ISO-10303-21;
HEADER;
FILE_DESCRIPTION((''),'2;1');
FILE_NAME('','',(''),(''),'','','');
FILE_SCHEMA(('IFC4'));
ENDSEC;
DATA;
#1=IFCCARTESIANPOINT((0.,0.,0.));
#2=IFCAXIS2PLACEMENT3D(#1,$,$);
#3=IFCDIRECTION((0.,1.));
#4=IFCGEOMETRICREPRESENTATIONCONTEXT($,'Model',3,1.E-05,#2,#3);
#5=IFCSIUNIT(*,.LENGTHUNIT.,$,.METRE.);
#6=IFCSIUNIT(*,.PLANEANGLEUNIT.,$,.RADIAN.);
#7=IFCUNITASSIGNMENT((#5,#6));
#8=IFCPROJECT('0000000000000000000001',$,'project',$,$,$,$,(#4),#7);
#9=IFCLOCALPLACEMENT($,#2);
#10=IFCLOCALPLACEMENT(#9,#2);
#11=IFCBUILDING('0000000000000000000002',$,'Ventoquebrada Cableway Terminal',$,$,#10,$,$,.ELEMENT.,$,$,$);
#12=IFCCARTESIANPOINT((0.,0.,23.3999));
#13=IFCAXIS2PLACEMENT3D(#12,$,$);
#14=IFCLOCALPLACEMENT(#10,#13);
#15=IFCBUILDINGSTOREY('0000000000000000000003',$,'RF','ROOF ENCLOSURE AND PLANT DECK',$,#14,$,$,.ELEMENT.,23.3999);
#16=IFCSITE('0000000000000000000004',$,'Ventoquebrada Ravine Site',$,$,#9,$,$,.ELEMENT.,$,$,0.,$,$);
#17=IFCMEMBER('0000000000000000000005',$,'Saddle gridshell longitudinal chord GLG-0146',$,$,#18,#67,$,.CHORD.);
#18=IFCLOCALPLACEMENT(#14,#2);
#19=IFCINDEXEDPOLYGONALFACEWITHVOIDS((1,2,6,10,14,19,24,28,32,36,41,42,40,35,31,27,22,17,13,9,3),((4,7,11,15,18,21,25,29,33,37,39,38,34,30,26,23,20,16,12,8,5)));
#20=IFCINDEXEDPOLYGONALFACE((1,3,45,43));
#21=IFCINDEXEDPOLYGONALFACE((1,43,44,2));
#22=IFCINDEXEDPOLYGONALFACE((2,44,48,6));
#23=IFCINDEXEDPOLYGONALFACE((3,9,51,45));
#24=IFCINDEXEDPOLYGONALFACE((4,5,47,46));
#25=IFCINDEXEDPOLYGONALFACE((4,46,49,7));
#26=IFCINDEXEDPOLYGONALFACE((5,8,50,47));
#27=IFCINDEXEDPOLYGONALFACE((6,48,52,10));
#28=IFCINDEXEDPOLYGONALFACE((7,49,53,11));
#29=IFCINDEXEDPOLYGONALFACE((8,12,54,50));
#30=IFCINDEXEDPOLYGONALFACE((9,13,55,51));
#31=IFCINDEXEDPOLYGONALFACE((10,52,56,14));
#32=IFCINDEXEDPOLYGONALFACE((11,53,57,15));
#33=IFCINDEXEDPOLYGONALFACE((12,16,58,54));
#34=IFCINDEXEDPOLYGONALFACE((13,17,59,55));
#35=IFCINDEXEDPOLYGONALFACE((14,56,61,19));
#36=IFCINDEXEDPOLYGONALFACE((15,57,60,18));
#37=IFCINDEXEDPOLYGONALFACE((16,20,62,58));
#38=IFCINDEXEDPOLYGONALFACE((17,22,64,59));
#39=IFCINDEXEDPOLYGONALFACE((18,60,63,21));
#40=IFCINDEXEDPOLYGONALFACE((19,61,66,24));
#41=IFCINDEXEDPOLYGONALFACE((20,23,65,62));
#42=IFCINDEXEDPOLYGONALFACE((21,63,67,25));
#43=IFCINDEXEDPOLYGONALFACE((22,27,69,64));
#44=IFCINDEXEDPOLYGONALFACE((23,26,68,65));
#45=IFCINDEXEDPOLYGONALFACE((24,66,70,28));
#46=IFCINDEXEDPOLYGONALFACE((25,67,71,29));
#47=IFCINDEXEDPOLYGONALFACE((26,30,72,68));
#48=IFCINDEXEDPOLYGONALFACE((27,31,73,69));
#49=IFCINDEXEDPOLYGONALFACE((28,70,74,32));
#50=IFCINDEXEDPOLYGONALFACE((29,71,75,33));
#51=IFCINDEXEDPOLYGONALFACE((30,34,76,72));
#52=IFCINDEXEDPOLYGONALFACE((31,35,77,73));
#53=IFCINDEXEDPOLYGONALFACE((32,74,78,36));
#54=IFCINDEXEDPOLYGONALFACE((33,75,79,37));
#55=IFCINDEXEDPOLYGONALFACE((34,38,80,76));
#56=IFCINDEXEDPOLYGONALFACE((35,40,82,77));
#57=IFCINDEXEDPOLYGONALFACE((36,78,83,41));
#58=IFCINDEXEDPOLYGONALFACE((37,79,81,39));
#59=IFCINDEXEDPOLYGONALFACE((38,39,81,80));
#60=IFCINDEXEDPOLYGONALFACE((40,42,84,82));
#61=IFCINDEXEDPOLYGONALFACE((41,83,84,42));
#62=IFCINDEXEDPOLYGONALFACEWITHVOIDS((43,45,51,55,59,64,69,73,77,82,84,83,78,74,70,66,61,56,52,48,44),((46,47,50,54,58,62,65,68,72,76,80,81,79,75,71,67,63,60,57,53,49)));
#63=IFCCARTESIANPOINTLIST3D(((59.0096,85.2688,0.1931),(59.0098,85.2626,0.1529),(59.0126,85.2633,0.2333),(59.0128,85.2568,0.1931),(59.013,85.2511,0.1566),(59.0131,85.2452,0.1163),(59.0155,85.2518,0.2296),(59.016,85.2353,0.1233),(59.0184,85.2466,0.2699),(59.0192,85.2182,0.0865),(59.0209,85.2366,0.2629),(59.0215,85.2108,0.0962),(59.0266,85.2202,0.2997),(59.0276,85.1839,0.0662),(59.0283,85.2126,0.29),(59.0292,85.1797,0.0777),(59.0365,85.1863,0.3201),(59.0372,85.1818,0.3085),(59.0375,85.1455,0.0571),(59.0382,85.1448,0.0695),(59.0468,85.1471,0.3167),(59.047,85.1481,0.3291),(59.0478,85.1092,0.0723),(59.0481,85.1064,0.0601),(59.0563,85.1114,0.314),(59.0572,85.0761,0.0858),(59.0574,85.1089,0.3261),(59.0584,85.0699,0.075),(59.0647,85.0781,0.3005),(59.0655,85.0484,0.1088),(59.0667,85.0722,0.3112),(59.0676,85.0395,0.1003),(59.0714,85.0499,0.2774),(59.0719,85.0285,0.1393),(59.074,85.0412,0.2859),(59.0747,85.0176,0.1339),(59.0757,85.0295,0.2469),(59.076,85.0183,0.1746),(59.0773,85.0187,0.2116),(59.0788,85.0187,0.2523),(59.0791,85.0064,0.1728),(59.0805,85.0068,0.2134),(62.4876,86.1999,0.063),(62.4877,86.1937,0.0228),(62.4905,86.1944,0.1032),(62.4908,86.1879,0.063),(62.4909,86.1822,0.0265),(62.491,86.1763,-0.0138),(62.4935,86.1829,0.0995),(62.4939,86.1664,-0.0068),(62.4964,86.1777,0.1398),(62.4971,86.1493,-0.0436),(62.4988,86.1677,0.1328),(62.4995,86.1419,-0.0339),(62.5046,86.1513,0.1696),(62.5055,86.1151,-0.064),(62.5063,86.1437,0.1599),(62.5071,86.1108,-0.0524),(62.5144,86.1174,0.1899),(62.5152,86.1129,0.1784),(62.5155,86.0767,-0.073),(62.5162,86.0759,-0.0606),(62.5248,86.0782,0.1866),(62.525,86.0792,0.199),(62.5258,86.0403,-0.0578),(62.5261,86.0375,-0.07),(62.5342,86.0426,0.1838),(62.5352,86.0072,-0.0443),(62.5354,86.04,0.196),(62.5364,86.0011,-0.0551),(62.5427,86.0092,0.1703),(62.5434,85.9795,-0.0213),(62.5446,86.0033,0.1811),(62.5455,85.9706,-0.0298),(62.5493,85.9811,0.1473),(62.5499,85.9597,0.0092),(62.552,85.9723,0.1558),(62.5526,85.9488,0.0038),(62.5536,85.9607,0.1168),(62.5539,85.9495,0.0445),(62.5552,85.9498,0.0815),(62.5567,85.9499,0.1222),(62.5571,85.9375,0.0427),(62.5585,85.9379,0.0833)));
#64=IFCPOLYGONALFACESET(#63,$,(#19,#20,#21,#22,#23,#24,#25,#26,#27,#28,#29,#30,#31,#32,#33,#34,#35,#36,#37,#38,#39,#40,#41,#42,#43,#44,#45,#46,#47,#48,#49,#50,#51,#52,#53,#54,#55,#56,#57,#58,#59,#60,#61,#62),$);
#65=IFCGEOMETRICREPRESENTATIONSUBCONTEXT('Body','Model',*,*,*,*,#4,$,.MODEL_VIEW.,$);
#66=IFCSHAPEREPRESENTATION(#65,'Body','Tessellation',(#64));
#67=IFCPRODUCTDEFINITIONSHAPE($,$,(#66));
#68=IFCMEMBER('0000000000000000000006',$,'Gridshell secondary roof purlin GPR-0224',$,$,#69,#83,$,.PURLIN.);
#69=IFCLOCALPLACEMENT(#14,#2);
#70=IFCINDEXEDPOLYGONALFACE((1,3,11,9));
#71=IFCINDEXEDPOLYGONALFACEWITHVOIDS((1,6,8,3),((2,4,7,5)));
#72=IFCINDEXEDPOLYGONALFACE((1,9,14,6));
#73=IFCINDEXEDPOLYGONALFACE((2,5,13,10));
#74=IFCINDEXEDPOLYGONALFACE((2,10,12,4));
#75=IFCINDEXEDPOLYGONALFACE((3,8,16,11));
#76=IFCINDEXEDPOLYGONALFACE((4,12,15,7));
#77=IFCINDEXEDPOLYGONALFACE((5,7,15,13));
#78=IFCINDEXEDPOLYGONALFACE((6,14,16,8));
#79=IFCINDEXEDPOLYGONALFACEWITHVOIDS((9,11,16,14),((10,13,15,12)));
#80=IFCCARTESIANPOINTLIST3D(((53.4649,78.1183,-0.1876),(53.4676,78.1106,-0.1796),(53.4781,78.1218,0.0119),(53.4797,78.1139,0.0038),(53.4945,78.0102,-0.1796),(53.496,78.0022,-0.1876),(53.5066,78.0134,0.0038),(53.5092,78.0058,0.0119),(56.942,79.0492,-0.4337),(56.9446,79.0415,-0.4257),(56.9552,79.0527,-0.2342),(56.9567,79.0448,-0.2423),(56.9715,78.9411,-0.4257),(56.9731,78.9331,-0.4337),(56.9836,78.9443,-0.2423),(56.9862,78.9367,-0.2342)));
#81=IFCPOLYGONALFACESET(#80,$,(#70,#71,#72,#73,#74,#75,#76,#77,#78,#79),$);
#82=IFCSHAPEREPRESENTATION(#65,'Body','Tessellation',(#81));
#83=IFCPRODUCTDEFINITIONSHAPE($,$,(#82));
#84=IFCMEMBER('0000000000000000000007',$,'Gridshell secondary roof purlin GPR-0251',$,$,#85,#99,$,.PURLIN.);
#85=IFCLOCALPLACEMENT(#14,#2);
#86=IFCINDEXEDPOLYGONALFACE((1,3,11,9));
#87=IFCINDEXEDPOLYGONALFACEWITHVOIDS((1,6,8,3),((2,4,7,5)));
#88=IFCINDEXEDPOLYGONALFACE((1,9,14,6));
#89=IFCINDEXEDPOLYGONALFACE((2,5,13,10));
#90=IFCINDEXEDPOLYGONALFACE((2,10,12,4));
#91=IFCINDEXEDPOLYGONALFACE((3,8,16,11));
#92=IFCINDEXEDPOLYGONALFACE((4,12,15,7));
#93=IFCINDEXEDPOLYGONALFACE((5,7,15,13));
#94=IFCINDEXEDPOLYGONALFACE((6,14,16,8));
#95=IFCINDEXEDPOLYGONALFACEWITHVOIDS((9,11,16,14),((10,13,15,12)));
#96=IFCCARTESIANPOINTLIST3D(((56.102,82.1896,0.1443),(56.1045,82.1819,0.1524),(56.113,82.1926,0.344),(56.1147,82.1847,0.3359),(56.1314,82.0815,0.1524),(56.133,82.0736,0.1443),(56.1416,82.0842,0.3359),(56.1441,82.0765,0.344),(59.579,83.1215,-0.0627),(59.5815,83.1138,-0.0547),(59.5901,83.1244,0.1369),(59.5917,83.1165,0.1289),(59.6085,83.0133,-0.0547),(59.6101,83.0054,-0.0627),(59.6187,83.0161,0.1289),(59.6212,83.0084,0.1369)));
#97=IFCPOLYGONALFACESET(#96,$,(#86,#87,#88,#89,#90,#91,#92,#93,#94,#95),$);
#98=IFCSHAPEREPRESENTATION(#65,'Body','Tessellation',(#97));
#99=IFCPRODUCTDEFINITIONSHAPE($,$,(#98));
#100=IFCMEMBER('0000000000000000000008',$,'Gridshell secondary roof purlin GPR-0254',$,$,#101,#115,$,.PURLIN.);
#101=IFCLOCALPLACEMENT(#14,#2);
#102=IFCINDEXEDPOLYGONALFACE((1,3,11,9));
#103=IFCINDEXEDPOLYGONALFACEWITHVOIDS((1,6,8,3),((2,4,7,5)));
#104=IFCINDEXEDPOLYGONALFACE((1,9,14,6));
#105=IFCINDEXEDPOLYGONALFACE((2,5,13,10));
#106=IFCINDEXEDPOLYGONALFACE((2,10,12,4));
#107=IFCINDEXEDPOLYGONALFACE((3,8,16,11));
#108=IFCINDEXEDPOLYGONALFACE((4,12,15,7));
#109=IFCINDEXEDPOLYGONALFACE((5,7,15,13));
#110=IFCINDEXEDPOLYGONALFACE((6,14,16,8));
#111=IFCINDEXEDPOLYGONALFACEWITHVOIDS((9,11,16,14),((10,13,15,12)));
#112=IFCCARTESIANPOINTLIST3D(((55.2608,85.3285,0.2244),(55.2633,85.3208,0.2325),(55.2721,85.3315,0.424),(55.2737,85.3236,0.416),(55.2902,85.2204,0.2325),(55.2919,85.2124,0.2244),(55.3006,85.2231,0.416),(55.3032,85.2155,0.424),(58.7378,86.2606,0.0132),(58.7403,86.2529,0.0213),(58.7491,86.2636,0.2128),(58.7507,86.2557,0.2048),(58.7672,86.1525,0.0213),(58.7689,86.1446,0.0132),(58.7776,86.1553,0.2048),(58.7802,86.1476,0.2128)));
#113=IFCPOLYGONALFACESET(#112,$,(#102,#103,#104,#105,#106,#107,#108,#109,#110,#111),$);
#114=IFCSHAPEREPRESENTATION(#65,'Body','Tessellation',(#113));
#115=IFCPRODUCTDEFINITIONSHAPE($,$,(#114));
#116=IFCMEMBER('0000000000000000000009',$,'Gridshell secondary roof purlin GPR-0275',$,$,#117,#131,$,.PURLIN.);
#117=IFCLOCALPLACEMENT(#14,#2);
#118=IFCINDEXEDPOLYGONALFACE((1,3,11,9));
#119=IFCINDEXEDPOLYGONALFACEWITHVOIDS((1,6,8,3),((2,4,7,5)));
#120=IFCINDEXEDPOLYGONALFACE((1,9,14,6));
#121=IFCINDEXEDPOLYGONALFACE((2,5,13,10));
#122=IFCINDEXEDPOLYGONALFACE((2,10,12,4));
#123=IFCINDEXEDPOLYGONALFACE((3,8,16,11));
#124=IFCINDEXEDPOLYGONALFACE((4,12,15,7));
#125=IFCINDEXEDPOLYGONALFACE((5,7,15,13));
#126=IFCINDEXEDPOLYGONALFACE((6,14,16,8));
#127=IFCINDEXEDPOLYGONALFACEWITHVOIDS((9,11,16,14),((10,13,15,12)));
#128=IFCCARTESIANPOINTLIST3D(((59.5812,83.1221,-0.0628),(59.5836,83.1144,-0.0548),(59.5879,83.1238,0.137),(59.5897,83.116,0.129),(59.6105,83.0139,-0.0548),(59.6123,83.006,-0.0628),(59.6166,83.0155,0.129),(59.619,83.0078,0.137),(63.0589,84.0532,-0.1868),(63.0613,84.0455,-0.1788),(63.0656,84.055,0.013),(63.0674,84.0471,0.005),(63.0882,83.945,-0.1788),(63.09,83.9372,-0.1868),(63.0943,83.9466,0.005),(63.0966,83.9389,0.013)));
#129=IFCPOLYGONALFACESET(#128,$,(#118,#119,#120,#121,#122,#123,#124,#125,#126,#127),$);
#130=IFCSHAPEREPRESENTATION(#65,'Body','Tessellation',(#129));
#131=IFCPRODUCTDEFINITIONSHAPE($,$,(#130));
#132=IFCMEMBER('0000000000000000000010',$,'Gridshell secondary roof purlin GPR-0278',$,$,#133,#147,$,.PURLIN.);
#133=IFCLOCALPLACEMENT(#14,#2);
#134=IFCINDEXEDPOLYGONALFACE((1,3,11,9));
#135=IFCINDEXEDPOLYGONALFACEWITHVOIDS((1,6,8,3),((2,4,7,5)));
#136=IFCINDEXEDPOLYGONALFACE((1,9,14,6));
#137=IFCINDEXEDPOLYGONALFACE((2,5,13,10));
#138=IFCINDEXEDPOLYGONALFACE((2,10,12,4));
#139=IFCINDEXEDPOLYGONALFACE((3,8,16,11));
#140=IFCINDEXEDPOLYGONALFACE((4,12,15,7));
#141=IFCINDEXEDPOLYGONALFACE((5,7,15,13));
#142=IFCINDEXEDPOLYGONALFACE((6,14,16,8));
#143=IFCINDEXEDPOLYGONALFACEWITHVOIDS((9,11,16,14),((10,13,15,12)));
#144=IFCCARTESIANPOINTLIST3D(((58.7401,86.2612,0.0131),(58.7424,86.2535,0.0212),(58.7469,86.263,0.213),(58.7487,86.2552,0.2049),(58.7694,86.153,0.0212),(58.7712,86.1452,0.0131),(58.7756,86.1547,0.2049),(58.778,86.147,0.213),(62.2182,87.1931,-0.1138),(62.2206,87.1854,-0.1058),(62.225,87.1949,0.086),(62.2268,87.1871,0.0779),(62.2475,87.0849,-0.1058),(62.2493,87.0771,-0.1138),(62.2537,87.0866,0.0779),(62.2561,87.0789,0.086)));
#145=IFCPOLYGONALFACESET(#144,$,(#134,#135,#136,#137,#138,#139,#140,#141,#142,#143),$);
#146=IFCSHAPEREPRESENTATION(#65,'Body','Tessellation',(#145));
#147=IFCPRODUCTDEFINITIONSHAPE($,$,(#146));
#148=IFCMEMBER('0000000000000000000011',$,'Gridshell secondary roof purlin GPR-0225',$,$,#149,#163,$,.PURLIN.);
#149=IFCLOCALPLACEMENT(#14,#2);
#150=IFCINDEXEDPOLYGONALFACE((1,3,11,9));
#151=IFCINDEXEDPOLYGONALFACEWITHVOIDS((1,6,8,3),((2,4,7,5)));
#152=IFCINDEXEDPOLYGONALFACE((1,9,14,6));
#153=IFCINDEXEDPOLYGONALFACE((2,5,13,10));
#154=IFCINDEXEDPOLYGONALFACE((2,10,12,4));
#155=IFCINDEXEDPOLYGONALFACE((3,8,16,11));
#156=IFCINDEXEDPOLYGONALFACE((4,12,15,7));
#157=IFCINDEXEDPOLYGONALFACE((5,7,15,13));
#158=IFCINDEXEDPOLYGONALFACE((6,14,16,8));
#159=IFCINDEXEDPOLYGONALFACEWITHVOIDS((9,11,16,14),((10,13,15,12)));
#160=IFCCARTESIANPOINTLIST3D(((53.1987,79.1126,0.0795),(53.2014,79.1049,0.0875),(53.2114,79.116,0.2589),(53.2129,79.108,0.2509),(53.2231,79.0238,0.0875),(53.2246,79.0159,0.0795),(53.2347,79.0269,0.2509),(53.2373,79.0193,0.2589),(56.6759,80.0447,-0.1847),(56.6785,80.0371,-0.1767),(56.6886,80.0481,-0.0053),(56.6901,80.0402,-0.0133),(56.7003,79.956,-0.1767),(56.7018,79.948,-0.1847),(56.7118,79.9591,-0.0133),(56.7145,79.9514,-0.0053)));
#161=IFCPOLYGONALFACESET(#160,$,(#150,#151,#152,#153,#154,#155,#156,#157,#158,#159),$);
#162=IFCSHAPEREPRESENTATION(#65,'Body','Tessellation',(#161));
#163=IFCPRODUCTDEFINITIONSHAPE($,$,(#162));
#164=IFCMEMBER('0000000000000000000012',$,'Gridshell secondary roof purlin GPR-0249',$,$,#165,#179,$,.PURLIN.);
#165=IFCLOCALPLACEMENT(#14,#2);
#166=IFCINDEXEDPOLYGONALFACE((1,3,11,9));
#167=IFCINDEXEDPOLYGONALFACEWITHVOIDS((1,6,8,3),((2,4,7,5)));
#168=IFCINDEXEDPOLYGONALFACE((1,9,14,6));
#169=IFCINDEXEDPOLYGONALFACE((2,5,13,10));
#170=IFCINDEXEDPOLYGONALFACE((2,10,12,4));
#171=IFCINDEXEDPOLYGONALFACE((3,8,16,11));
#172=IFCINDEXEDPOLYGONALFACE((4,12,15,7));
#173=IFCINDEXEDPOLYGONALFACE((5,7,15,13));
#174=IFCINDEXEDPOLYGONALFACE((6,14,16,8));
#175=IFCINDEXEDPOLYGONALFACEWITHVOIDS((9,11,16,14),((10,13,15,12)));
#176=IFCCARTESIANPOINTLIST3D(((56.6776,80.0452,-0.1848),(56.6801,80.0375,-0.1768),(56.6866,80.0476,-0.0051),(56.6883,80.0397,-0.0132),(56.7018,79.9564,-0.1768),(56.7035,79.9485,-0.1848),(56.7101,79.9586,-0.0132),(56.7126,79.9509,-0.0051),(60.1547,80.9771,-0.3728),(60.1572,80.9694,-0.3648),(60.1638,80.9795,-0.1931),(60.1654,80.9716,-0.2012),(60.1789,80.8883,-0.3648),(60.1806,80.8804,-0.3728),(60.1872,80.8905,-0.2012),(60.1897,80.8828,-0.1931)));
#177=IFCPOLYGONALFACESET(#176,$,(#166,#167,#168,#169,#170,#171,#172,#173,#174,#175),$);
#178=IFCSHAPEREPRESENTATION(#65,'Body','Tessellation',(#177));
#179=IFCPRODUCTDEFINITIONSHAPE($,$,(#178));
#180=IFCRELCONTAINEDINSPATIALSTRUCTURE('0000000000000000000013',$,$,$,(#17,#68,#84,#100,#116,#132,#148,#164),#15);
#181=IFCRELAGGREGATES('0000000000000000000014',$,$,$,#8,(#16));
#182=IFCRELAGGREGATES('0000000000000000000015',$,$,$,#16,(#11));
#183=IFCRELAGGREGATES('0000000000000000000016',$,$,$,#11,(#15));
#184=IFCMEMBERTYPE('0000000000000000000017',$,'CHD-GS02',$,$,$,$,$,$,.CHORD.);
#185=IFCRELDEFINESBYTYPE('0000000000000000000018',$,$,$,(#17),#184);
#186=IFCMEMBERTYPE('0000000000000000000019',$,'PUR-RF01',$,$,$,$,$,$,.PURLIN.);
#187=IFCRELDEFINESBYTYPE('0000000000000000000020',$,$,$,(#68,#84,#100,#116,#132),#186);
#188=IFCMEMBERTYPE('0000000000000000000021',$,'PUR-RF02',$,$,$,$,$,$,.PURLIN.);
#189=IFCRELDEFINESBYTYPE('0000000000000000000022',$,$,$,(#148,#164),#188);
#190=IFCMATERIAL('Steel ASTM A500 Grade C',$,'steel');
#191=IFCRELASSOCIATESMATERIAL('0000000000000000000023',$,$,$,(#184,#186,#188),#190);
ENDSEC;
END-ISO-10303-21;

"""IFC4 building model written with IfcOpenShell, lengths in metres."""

from ifc_helpers import new_model, si_unit, direction, frame, origin, origin_2d, place, context, subcontext, project, spatial, hollow_rectangle, hollow_circle, extrude, material, material_profile, profile_set, type_object, element, save


model = new_model("IFC4")

# Units and contexts
model_context = context("Model", 3, precision=1e-05, world=origin(), true_north=direction((0.0, 1.0)))
body_context = subcontext(model_context, "Body", "Model", "MODEL_VIEW")
ifc_project = project(units=[si_unit("LENGTHUNIT", "METRE"), si_unit("PLANEANGLEUNIT", "RADIAN")], contexts=[model_context])

# Site, building, storey
site_placement = place(None, origin())
site = spatial("IfcSite", under=ifc_project, at=site_placement, Name="Ventoquebrada Ravine Site", CompositionType="ELEMENT", RefElevation=0.0)
building_placement = place(site_placement, origin())
building = spatial("IfcBuilding", under=site, at=building_placement, Name="Ventoquebrada Cableway Terminal", CompositionType="ELEMENT")
storey_placement = place(building_placement, frame((0.0, 0.0, 23.3999)))
storey = spatial("IfcBuildingStorey", under=building, at=storey_placement, Name="RF", Description="ROOF ENCLOSURE AND PLANT DECK", CompositionType="ELEMENT", Elevation=23.3999)

# Members
ifc_material_1 = material(Name="Steel ASTM A500 Grade C", Category="steel")
ifc_material_profile_1 = material_profile(ifc_material_1, hollow_circle(Radius=0.1365, WallThickness=0.0125, at=origin_2d()), Name="CHS273.0X12.5")
ifc_profile_set_1 = profile_set([ifc_material_profile_1], Name="Steel ASTM A500 Grade C")
member_type_1 = type_object("IfcMemberType", Name="CHD-GS02", PredefinedType="CHORD", material=ifc_profile_set_1)
member_1_placement = place(storey_placement, frame((59.0449, 85.137, 0.1931), z_axis=(0.96535, 0.258448, -0.036118), x_axis=(-0.258616, 0.96598, 0.0)))
element("IfcMember", 1, at=member_1_placement, inside=storey, type_object=member_type_1, Name="Saddle gridshell longitudinal chord GLG-0146", PredefinedType="CHORD", context=body_context, shape_type="SweptSolid", body=[
    extrude(hollow_circle(Radius=0.1365, WallThickness=0.0125, at=origin_2d()), origin(), (0.0, 0.0, 1.0), 3.6028),
])
ifc_material_profile_2 = material_profile(ifc_material_1, hollow_rectangle(XDim=0.1201, YDim=0.2, WallThickness=0.0081, at=origin_2d()), Name="RHS200X120X8")
ifc_profile_set_2 = profile_set([ifc_material_profile_2], Name="Steel ASTM A500 Grade C")
member_type_2 = type_object("IfcMemberType", Name="PUR-RF01", PredefinedType="PURLIN", material=ifc_profile_set_2)
member_2_placement = place(storey_placement, frame((53.4871, 78.062, -0.0879), z_axis=(0.963729, 0.258018, -0.068209), x_axis=(-0.258621, 0.965979, 0.0)))
element("IfcMember", 2, at=member_2_placement, inside=storey, type_object=member_type_2, Name="Gridshell secondary roof purlin GPR-0224", PredefinedType="PURLIN", context=body_context, shape_type="SweptSolid", body=[
    extrude(hollow_rectangle(XDim=0.1201, YDim=0.2, WallThickness=0.0081, at=origin_2d()), origin(), (0.0, 0.0, 1.0), 3.6079),
])
member_3_placement = place(storey_placement, frame((56.123, 82.1331, 0.2441), z_axis=(0.964318, 0.258447, -0.057418), x_axis=(-0.258874, 0.965911, 0.0)))
element("IfcMember", 3, at=member_3_placement, inside=storey, type_object=member_type_2, Name="Gridshell secondary roof purlin GPR-0251", PredefinedType="PURLIN", context=body_context, shape_type="SweptSolid", body=[
    extrude(hollow_rectangle(XDim=0.1201, YDim=0.2, WallThickness=0.0081, at=origin_2d()), origin(), (0.0, 0.0, 1.0), 3.6057),
])
member_4_placement = place(storey_placement, frame((55.282, 85.272, 0.3242), z_axis=(0.964236, 0.258493, -0.058564), x_axis=(-0.258937, 0.965894, 0.0)))
element("IfcMember", 4, at=member_4_placement, inside=storey, type_object=member_type_2, Name="Gridshell secondary roof purlin GPR-0254", PredefinedType="PURLIN", context=body_context, shape_type="SweptSolid", body=[
    extrude(hollow_rectangle(XDim=0.1201, YDim=0.2, WallThickness=0.0081, at=origin_2d()), origin(), (0.0, 0.0, 1.0), 3.606),
])
member_5_placement = place(storey_placement, frame((59.6001, 83.0649, 0.0371), z_axis=(0.965403, 0.25848, -0.034428), x_axis=(-0.258633, 0.965976, 0.0)))
element("IfcMember", 5, at=member_5_placement, inside=storey, type_object=member_type_2, Name="Gridshell secondary roof purlin GPR-0275", PredefinedType="PURLIN", context=body_context, shape_type="SweptSolid", body=[
    extrude(hollow_rectangle(XDim=0.1201, YDim=0.2, WallThickness=0.0081, at=origin_2d()), origin(), (0.0, 0.0, 1.0), 3.6023),
])
member_6_placement = place(storey_placement, frame((58.759, 86.2041, 0.113), z_axis=(0.965329, 0.258645, -0.035236), x_axis=(-0.258806, 0.965929, 0.0)))
element("IfcMember", 6, at=member_6_placement, inside=storey, type_object=member_type_2, Name="Gridshell secondary roof purlin GPR-0278", PredefinedType="PURLIN", context=body_context, shape_type="SweptSolid", body=[
    extrude(hollow_rectangle(XDim=0.1201, YDim=0.2, WallThickness=0.0081, at=origin_2d()), origin(), (0.0, 0.0, 1.0), 3.603),
])
ifc_material_profile_3 = material_profile(ifc_material_1, hollow_rectangle(XDim=0.1001, YDim=0.1799, WallThickness=0.0081, at=origin_2d()), Name="RHS180X100X8")
ifc_profile_set_3 = profile_set([ifc_material_profile_3], Name="Steel ASTM A500 Grade C")
member_type_3 = type_object("IfcMemberType", Name="PUR-RF02", PredefinedType="PURLIN", material=ifc_profile_set_3)
member_7_placement = place(storey_placement, frame((53.218, 79.0659, 0.1692), z_axis=(0.963304, 0.258243, -0.073185), x_axis=(-0.258937, 0.965894, 0.0)))
element("IfcMember", 7, at=member_7_placement, inside=storey, type_object=member_type_3, Name="Gridshell secondary roof purlin GPR-0225", PredefinedType="PURLIN", context=body_context, shape_type="SweptSolid", body=[
    extrude(hollow_rectangle(XDim=0.1001, YDim=0.1799, WallThickness=0.0081, at=origin_2d()), origin(), (0.0, 0.0, 1.0), 3.6096),
])
member_8_placement = place(storey_placement, frame((56.6951, 79.998, -0.095), z_axis=(0.964597, 0.258522, -0.052151), x_axis=(-0.258874, 0.965911, 0.0)))
element("IfcMember", 8, at=member_8_placement, inside=storey, type_object=member_type_3, Name="Gridshell secondary roof purlin GPR-0249", PredefinedType="PURLIN", context=body_context, shape_type="SweptSolid", body=[
    extrude(hollow_rectangle(XDim=0.1001, YDim=0.1799, WallThickness=0.0081, at=origin_2d()), origin(), (0.0, 0.0, 1.0), 3.6047),
])

save(model, "model.ifc")
